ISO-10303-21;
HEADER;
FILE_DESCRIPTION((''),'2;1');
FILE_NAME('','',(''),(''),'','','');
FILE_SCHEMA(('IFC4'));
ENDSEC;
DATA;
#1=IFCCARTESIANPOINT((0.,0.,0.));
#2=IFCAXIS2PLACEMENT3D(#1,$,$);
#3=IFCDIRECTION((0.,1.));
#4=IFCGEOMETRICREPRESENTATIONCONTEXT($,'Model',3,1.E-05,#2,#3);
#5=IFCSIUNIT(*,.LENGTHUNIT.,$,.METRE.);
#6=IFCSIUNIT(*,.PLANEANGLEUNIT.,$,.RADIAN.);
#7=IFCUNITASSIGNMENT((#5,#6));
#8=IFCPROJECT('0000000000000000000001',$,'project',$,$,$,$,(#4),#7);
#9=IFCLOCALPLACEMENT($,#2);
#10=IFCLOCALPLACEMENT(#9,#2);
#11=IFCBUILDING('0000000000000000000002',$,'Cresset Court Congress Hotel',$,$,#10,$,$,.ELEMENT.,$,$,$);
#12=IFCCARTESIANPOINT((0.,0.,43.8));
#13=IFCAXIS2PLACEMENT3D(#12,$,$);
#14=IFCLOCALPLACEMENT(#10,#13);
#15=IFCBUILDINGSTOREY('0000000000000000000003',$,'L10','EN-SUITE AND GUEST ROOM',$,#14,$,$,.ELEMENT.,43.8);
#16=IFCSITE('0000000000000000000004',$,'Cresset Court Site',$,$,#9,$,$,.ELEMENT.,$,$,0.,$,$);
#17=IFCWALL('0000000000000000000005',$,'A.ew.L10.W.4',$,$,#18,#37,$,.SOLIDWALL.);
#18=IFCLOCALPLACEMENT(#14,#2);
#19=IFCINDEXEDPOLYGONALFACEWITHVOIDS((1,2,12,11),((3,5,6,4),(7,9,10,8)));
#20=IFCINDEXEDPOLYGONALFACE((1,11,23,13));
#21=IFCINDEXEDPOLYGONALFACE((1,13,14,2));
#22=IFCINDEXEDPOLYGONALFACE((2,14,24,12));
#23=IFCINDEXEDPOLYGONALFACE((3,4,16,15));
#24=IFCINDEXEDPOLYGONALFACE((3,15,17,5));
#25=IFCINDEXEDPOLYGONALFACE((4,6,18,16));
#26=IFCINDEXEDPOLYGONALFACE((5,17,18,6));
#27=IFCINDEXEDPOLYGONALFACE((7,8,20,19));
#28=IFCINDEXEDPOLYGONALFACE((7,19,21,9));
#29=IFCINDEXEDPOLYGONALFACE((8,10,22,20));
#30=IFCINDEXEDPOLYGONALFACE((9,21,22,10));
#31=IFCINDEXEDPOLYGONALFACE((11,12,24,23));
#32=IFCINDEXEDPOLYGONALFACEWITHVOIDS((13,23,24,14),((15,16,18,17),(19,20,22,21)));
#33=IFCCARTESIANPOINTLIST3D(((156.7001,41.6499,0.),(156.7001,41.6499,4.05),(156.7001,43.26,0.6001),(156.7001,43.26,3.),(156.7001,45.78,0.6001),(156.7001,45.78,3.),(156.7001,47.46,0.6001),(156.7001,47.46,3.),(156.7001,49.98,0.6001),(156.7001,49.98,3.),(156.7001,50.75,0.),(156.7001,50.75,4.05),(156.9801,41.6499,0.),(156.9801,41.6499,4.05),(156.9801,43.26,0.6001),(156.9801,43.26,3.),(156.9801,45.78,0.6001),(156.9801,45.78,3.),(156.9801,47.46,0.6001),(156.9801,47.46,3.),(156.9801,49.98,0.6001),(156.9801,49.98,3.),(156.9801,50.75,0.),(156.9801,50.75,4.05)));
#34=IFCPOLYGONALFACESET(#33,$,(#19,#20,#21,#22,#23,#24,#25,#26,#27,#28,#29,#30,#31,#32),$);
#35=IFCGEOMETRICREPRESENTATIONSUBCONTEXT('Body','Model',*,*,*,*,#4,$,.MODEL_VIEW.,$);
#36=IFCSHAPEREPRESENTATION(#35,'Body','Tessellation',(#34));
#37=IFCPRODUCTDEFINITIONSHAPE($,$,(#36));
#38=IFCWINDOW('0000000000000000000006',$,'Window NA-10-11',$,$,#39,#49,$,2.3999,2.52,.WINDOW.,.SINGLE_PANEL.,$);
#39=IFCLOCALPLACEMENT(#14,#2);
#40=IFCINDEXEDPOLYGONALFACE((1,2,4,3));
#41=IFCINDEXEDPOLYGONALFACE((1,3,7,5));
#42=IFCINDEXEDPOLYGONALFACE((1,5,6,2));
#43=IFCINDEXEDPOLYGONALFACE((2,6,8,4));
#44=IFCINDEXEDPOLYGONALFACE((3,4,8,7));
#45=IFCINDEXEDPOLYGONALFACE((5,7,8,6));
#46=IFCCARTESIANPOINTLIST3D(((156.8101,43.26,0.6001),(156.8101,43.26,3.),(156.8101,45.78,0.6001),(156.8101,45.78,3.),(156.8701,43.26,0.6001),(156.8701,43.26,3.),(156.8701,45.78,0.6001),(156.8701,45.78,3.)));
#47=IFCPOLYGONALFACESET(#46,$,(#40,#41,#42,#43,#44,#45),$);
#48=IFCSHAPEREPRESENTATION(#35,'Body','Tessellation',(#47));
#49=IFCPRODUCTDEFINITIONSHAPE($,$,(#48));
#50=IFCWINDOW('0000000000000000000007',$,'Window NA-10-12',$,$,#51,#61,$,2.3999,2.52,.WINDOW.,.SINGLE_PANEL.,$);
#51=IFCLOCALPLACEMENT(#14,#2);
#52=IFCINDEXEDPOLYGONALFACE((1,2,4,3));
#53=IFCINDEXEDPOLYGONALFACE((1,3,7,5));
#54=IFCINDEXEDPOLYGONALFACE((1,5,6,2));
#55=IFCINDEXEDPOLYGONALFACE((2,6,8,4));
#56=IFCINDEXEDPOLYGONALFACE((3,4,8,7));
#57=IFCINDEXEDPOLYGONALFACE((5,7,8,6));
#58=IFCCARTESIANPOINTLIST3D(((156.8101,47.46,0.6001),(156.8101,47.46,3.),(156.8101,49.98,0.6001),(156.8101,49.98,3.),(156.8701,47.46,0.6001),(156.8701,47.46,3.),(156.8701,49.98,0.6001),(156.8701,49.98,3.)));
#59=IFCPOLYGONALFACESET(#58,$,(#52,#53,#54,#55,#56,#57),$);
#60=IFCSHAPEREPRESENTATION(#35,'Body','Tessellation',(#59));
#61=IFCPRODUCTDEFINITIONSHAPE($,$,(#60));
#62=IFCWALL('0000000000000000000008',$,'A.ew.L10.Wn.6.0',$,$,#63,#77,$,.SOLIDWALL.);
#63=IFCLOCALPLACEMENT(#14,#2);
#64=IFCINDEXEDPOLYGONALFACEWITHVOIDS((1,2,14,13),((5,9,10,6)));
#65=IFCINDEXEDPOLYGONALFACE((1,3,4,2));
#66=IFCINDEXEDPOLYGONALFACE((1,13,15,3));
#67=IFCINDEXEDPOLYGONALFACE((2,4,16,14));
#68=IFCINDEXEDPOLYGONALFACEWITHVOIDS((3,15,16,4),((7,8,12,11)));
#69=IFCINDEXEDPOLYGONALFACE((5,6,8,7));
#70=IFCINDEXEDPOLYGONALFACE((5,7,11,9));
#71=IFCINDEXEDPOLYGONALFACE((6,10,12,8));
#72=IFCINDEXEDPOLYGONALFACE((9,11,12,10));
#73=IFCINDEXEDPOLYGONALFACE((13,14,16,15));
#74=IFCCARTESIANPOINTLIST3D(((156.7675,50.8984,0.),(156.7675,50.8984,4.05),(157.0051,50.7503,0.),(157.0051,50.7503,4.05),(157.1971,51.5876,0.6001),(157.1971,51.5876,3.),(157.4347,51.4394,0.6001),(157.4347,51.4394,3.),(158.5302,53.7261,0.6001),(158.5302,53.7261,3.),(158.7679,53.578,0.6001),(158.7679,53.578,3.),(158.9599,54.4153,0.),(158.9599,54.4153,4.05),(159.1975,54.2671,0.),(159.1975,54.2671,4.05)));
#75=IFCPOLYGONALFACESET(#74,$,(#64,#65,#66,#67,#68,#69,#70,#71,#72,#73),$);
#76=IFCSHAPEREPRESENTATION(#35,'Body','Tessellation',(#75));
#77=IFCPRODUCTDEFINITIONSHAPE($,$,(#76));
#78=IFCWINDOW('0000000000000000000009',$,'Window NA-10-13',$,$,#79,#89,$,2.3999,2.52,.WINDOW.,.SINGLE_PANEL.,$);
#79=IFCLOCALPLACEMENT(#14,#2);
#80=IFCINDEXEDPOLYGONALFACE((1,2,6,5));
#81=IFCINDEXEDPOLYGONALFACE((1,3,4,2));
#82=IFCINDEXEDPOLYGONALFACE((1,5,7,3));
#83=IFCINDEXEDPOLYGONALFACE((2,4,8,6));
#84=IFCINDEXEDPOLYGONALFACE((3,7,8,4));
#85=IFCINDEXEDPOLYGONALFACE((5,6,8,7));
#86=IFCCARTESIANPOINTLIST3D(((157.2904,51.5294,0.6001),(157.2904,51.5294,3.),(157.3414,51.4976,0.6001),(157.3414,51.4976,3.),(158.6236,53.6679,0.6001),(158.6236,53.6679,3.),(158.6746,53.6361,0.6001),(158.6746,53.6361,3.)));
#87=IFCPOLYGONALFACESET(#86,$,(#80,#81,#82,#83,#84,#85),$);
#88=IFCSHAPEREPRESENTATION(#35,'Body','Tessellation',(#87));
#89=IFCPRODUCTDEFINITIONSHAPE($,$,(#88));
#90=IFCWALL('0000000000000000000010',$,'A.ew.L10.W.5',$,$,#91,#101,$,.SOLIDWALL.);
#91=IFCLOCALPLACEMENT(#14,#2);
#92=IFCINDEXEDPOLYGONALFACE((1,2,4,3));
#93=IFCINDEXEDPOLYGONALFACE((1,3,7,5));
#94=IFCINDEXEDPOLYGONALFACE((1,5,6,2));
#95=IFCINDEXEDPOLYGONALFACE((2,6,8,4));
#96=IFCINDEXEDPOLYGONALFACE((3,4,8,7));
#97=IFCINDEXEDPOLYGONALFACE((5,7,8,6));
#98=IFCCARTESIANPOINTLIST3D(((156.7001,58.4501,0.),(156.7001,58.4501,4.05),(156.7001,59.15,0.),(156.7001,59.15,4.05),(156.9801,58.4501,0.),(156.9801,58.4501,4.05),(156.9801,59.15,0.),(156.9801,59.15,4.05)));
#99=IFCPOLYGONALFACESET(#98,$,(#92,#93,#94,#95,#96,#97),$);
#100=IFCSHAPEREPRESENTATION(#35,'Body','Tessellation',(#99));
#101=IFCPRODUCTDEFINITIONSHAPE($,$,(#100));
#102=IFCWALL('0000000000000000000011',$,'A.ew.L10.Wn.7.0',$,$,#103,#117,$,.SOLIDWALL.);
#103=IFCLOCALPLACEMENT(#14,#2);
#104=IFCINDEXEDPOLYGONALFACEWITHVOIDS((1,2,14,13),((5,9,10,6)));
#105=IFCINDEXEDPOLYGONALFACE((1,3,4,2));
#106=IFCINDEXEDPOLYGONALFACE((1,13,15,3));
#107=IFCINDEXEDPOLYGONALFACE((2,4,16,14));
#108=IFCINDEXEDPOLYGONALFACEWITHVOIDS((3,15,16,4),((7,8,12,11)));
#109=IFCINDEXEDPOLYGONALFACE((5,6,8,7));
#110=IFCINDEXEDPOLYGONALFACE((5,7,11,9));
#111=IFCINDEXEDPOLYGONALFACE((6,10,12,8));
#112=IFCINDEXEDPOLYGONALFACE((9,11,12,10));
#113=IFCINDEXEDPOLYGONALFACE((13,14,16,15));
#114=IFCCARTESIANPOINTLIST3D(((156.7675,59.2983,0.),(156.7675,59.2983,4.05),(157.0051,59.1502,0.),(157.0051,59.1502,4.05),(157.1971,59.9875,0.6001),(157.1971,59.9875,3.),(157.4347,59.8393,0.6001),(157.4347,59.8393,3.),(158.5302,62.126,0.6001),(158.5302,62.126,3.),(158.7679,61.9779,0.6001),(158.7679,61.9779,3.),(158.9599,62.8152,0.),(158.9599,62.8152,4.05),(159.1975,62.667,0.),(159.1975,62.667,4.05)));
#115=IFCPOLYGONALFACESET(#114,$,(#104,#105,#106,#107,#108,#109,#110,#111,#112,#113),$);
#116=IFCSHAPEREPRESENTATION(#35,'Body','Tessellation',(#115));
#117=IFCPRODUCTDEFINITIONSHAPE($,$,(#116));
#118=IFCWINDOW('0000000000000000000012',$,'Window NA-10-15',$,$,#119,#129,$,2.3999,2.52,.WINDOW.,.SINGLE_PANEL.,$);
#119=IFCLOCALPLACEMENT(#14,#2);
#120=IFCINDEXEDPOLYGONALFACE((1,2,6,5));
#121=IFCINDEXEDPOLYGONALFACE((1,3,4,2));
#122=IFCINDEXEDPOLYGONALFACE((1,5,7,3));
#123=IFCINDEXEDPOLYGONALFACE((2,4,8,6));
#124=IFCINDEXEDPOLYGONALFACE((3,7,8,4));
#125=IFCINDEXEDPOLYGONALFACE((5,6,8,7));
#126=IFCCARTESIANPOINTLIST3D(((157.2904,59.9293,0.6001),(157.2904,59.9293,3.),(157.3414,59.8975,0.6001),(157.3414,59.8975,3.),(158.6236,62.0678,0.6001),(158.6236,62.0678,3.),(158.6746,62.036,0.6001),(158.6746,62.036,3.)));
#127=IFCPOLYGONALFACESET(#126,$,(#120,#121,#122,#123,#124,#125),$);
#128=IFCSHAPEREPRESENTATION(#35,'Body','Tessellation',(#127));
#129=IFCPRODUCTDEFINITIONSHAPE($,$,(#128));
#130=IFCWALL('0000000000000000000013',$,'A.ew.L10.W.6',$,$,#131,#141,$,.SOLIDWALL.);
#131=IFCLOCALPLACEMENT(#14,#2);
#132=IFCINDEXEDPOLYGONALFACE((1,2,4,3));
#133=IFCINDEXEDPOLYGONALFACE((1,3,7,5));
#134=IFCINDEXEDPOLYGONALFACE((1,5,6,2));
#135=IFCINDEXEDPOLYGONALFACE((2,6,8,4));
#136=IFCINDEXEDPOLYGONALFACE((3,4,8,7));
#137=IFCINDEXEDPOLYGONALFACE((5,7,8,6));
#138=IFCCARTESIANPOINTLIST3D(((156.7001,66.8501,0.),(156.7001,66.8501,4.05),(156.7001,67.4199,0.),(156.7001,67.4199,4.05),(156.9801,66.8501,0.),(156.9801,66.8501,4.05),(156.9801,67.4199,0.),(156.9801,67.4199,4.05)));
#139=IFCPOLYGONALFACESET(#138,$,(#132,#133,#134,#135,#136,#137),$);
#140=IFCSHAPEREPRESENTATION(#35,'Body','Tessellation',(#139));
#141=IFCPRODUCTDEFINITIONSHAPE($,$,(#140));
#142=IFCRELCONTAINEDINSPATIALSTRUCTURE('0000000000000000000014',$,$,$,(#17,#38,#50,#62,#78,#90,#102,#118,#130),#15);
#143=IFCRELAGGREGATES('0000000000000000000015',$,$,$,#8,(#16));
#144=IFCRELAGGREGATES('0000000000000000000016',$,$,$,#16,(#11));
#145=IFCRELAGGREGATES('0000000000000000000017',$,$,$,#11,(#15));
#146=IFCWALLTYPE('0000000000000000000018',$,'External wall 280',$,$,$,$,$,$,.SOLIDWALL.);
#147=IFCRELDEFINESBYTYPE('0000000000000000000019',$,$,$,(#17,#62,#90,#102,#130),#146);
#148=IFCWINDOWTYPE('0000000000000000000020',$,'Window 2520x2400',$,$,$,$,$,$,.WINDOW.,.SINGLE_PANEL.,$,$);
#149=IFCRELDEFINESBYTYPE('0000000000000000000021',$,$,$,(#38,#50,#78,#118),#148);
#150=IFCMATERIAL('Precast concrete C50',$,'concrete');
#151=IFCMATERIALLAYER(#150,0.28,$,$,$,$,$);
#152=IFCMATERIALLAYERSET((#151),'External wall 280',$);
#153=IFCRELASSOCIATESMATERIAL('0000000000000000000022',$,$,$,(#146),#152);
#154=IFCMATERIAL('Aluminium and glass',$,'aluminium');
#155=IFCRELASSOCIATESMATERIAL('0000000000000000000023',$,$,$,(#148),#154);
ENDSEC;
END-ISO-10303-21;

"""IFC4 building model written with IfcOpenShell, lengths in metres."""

from ifc_helpers import new_model, si_unit, direction, frame, frame_2d, origin, place, context, subcontext, project, spatial, rectangle, extrude, material, layer, layer_set, type_object, element, fill, save


model = new_model("IFC4")

# Units and contexts
model_context = context("Model", 3, precision=1e-05, world=origin(), true_north=direction((0.0, 1.0)))
body_context = subcontext(model_context, "Body", "Model", "MODEL_VIEW")
ifc_project = project(units=[si_unit("LENGTHUNIT", "METRE"), si_unit("PLANEANGLEUNIT", "RADIAN")], contexts=[model_context])

# Site, building, storey
site_placement = place(None, origin())
site = spatial("IfcSite", under=ifc_project, at=site_placement, Name="Cresset Court Site", CompositionType="ELEMENT", RefElevation=0.0)
building_placement = place(site_placement, origin())
building = spatial("IfcBuilding", under=site, at=building_placement, Name="Cresset Court Congress Hotel", CompositionType="ELEMENT")
storey_placement = place(building_placement, frame((0.0, 0.0, 43.8)))
storey = spatial("IfcBuildingStorey", under=building, at=storey_placement, Name="L10", Description="EN-SUITE AND GUEST ROOM", CompositionType="ELEMENT", Elevation=43.8)

# Wall, openings, windows
ifc_material_1 = material(Name="Precast concrete C50", Category="concrete")
ifc_layer_1 = layer(ifc_material_1, 0.28)
ifc_layer_set_1 = layer_set([ifc_layer_1], Name="External wall 280")
wall_type_1 = type_object("IfcWallType", Name="External wall 280", PredefinedType="SOLIDWALL", material=ifc_layer_set_1)
wall_1_placement = place(storey_placement, frame((156.8401, 41.6499, 0.0), z_axis=(0.0, 0.0, 1.0), x_axis=(0.0, 1.0, 0.0)))
wall_1 = element("IfcWall", 1, at=wall_1_placement, inside=storey, type_object=wall_type_1, Name="A.ew.L10.W.4", PredefinedType="SOLIDWALL", context=body_context, shape_type="SweptSolid", body=[
    extrude(rectangle(XDim=9.1001, YDim=0.28, at=frame_2d((4.55, 0.0))), origin(), (0.0, 0.0, 1.0), 4.05),
])
opening_1_placement = place(wall_1_placement, frame((1.6101, 0.0, 0.6001)))
opening_1 = element("IfcOpeningElement", 2, at=opening_1_placement, cuts=wall_1, PredefinedType="OPENING", context=body_context, shape_type="SweptSolid", body=[
    extrude(rectangle(XDim=2.52, YDim=2.3999, at=frame_2d((1.26, 1.2))), frame((0.0, 0.1499, 0.0), z_axis=(0.0, -1.0, 0.0), x_axis=(1.0, 0.0, 0.0)), (0.0, 0.0, 1.0), 0.3),
])
opening_2_placement = place(wall_1_placement, frame((5.8101, 0.0, 0.6001)))
opening_2 = element("IfcOpeningElement", 3, at=opening_2_placement, cuts=wall_1, PredefinedType="OPENING", context=body_context, shape_type="SweptSolid", body=[
    extrude(rectangle(XDim=2.52, YDim=2.3999, at=frame_2d((1.26, 1.2))), frame((0.0, 0.1499, 0.0), z_axis=(0.0, -1.0, 0.0), x_axis=(1.0, 0.0, 0.0)), (0.0, 0.0, 1.0), 0.3),
])
ifc_material_2 = material(Name="Aluminium and glass", Category="aluminium")
window_type_1 = type_object("IfcWindowType", Name="Window 2520x2400", PartitioningType="SINGLE_PANEL", PredefinedType="WINDOW", material=ifc_material_2)
window_1_placement = place(opening_1_placement, origin())
window_1 = element("IfcWindow", 4, at=window_1_placement, inside=storey, type_object=window_type_1, Name="Window NA-10-11", OverallHeight=2.3999, OverallWidth=2.52, PartitioningType="SINGLE_PANEL", PredefinedType="WINDOW", context=body_context, shape_type="SweptSolid", body=[
    extrude(rectangle(XDim=2.52, YDim=2.3999, at=frame_2d((1.26, 1.2))), frame((0.0, 0.03, 0.0), z_axis=(0.0, -1.0, 0.0), x_axis=(1.0, 0.0, 0.0)), (0.0, 0.0, 1.0), 0.0601),
])
fill(opening_1, window_1)
window_2_placement = place(opening_2_placement, origin())
window_2 = element("IfcWindow", 5, at=window_2_placement, inside=storey, type_object=window_type_1, Name="Window NA-10-12", OverallHeight=2.3999, OverallWidth=2.52, PartitioningType="SINGLE_PANEL", PredefinedType="WINDOW", context=body_context, shape_type="SweptSolid", body=[
    extrude(rectangle(XDim=2.52, YDim=2.3999, at=frame_2d((1.26, 1.2))), frame((0.0, 0.03, 0.0), z_axis=(0.0, -1.0, 0.0), x_axis=(1.0, 0.0, 0.0)), (0.0, 0.0, 1.0), 0.0601),
])
fill(opening_2, window_2)

# Wall, opening, window
wall_2_placement = place(storey_placement, frame((156.8862, 50.8242, 0.0), z_axis=(0.0, 0.0, 1.0), x_axis=(0.529019, 0.84861, 0.0)))
wall_2 = element("IfcWall", 6, at=wall_2_placement, inside=storey, type_object=wall_type_1, Name="A.ew.L10.Wn.6.0", PredefinedType="SOLIDWALL", context=body_context, shape_type="SweptSolid", body=[
    extrude(rectangle(XDim=4.1443, YDim=0.28, at=frame_2d((2.0723, 0.0))), origin(), (0.0, 0.0, 1.0), 4.05),
])
opening_3_placement = place(wall_2_placement, frame((0.8123, 0.0, 0.6001)))
opening_3 = element("IfcOpeningElement", 7, at=opening_3_placement, cuts=wall_2, PredefinedType="OPENING", context=body_context, shape_type="SweptSolid", body=[
    extrude(rectangle(XDim=2.52, YDim=2.3999, at=frame_2d((1.26, 1.2))), frame((0.0, 0.1499, 0.0), z_axis=(0.0, -1.0, 0.0), x_axis=(1.0, 0.0, 0.0)), (0.0, 0.0, 1.0), 0.3),
])
window_3_placement = place(opening_3_placement, origin())
window_3 = element("IfcWindow", 8, at=window_3_placement, inside=storey, type_object=window_type_1, Name="Window NA-10-13", OverallHeight=2.3999, OverallWidth=2.52, PartitioningType="SINGLE_PANEL", PredefinedType="WINDOW", context=body_context, shape_type="SweptSolid", body=[
    extrude(rectangle(XDim=2.52, YDim=2.3999, at=frame_2d((1.26, 1.2))), frame((0.0, 0.03, 0.0), z_axis=(0.0, -1.0, 0.0), x_axis=(1.0, 0.0, 0.0)), (0.0, 0.0, 1.0), 0.0601),
])
fill(opening_3, window_3)

# Wall
wall_3_placement = place(storey_placement, frame((156.8401, 58.45, 0.0), z_axis=(0.0, 0.0, 1.0), x_axis=(0.0, 1.0, 0.0)))
element("IfcWall", 9, at=wall_3_placement, inside=storey, type_object=wall_type_1, Name="A.ew.L10.W.5", PredefinedType="SOLIDWALL", context=body_context, shape_type="SweptSolid", body=[
    extrude(rectangle(XDim=0.7, YDim=0.28, at=frame_2d((0.3501, 0.0))), origin(), (0.0, 0.0, 1.0), 4.05),
])

# Wall, opening, window
wall_4_placement = place(storey_placement, frame((156.8862, 59.2241, 0.0), z_axis=(0.0, 0.0, 1.0), x_axis=(0.529019, 0.84861, 0.0)))
wall_4 = element("IfcWall", 10, at=wall_4_placement, inside=storey, type_object=wall_type_1, Name="A.ew.L10.Wn.7.0", PredefinedType="SOLIDWALL", context=body_context, shape_type="SweptSolid", body=[
    extrude(rectangle(XDim=4.1443, YDim=0.28, at=frame_2d((2.0723, 0.0))), origin(), (0.0, 0.0, 1.0), 4.05),
])
opening_4_placement = place(wall_4_placement, frame((0.8123, 0.0, 0.6001)))
opening_4 = element("IfcOpeningElement", 11, at=opening_4_placement, cuts=wall_4, PredefinedType="OPENING", context=body_context, shape_type="SweptSolid", body=[
    extrude(rectangle(XDim=2.52, YDim=2.3999, at=frame_2d((1.26, 1.2))), frame((0.0, 0.1499, 0.0), z_axis=(0.0, -1.0, 0.0), x_axis=(1.0, 0.0, 0.0)), (0.0, 0.0, 1.0), 0.3),
])
window_4_placement = place(opening_4_placement, origin())
window_4 = element("IfcWindow", 12, at=window_4_placement, inside=storey, type_object=window_type_1, Name="Window NA-10-15", OverallHeight=2.3999, OverallWidth=2.52, PartitioningType="SINGLE_PANEL", PredefinedType="WINDOW", context=body_context, shape_type="SweptSolid", body=[
    extrude(rectangle(XDim=2.52, YDim=2.3999, at=frame_2d((1.26, 1.2))), frame((0.0, 0.03, 0.0), z_axis=(0.0, -1.0, 0.0), x_axis=(1.0, 0.0, 0.0)), (0.0, 0.0, 1.0), 0.0601),
])
fill(opening_4, window_4)

# Wall
wall_5_placement = place(storey_placement, frame((156.8401, 66.8501, 0.0), z_axis=(0.0, 0.0, 1.0), x_axis=(0.0, 1.0, 0.0)))
element("IfcWall", 13, at=wall_5_placement, inside=storey, type_object=wall_type_1, Name="A.ew.L10.W.6", PredefinedType="SOLIDWALL", context=body_context, shape_type="SweptSolid", body=[
    extrude(rectangle(XDim=0.5698, YDim=0.28, at=frame_2d((0.2849, 0.0))), origin(), (0.0, 0.0, 1.0), 4.05),
])

save(model, "model.ifc")
